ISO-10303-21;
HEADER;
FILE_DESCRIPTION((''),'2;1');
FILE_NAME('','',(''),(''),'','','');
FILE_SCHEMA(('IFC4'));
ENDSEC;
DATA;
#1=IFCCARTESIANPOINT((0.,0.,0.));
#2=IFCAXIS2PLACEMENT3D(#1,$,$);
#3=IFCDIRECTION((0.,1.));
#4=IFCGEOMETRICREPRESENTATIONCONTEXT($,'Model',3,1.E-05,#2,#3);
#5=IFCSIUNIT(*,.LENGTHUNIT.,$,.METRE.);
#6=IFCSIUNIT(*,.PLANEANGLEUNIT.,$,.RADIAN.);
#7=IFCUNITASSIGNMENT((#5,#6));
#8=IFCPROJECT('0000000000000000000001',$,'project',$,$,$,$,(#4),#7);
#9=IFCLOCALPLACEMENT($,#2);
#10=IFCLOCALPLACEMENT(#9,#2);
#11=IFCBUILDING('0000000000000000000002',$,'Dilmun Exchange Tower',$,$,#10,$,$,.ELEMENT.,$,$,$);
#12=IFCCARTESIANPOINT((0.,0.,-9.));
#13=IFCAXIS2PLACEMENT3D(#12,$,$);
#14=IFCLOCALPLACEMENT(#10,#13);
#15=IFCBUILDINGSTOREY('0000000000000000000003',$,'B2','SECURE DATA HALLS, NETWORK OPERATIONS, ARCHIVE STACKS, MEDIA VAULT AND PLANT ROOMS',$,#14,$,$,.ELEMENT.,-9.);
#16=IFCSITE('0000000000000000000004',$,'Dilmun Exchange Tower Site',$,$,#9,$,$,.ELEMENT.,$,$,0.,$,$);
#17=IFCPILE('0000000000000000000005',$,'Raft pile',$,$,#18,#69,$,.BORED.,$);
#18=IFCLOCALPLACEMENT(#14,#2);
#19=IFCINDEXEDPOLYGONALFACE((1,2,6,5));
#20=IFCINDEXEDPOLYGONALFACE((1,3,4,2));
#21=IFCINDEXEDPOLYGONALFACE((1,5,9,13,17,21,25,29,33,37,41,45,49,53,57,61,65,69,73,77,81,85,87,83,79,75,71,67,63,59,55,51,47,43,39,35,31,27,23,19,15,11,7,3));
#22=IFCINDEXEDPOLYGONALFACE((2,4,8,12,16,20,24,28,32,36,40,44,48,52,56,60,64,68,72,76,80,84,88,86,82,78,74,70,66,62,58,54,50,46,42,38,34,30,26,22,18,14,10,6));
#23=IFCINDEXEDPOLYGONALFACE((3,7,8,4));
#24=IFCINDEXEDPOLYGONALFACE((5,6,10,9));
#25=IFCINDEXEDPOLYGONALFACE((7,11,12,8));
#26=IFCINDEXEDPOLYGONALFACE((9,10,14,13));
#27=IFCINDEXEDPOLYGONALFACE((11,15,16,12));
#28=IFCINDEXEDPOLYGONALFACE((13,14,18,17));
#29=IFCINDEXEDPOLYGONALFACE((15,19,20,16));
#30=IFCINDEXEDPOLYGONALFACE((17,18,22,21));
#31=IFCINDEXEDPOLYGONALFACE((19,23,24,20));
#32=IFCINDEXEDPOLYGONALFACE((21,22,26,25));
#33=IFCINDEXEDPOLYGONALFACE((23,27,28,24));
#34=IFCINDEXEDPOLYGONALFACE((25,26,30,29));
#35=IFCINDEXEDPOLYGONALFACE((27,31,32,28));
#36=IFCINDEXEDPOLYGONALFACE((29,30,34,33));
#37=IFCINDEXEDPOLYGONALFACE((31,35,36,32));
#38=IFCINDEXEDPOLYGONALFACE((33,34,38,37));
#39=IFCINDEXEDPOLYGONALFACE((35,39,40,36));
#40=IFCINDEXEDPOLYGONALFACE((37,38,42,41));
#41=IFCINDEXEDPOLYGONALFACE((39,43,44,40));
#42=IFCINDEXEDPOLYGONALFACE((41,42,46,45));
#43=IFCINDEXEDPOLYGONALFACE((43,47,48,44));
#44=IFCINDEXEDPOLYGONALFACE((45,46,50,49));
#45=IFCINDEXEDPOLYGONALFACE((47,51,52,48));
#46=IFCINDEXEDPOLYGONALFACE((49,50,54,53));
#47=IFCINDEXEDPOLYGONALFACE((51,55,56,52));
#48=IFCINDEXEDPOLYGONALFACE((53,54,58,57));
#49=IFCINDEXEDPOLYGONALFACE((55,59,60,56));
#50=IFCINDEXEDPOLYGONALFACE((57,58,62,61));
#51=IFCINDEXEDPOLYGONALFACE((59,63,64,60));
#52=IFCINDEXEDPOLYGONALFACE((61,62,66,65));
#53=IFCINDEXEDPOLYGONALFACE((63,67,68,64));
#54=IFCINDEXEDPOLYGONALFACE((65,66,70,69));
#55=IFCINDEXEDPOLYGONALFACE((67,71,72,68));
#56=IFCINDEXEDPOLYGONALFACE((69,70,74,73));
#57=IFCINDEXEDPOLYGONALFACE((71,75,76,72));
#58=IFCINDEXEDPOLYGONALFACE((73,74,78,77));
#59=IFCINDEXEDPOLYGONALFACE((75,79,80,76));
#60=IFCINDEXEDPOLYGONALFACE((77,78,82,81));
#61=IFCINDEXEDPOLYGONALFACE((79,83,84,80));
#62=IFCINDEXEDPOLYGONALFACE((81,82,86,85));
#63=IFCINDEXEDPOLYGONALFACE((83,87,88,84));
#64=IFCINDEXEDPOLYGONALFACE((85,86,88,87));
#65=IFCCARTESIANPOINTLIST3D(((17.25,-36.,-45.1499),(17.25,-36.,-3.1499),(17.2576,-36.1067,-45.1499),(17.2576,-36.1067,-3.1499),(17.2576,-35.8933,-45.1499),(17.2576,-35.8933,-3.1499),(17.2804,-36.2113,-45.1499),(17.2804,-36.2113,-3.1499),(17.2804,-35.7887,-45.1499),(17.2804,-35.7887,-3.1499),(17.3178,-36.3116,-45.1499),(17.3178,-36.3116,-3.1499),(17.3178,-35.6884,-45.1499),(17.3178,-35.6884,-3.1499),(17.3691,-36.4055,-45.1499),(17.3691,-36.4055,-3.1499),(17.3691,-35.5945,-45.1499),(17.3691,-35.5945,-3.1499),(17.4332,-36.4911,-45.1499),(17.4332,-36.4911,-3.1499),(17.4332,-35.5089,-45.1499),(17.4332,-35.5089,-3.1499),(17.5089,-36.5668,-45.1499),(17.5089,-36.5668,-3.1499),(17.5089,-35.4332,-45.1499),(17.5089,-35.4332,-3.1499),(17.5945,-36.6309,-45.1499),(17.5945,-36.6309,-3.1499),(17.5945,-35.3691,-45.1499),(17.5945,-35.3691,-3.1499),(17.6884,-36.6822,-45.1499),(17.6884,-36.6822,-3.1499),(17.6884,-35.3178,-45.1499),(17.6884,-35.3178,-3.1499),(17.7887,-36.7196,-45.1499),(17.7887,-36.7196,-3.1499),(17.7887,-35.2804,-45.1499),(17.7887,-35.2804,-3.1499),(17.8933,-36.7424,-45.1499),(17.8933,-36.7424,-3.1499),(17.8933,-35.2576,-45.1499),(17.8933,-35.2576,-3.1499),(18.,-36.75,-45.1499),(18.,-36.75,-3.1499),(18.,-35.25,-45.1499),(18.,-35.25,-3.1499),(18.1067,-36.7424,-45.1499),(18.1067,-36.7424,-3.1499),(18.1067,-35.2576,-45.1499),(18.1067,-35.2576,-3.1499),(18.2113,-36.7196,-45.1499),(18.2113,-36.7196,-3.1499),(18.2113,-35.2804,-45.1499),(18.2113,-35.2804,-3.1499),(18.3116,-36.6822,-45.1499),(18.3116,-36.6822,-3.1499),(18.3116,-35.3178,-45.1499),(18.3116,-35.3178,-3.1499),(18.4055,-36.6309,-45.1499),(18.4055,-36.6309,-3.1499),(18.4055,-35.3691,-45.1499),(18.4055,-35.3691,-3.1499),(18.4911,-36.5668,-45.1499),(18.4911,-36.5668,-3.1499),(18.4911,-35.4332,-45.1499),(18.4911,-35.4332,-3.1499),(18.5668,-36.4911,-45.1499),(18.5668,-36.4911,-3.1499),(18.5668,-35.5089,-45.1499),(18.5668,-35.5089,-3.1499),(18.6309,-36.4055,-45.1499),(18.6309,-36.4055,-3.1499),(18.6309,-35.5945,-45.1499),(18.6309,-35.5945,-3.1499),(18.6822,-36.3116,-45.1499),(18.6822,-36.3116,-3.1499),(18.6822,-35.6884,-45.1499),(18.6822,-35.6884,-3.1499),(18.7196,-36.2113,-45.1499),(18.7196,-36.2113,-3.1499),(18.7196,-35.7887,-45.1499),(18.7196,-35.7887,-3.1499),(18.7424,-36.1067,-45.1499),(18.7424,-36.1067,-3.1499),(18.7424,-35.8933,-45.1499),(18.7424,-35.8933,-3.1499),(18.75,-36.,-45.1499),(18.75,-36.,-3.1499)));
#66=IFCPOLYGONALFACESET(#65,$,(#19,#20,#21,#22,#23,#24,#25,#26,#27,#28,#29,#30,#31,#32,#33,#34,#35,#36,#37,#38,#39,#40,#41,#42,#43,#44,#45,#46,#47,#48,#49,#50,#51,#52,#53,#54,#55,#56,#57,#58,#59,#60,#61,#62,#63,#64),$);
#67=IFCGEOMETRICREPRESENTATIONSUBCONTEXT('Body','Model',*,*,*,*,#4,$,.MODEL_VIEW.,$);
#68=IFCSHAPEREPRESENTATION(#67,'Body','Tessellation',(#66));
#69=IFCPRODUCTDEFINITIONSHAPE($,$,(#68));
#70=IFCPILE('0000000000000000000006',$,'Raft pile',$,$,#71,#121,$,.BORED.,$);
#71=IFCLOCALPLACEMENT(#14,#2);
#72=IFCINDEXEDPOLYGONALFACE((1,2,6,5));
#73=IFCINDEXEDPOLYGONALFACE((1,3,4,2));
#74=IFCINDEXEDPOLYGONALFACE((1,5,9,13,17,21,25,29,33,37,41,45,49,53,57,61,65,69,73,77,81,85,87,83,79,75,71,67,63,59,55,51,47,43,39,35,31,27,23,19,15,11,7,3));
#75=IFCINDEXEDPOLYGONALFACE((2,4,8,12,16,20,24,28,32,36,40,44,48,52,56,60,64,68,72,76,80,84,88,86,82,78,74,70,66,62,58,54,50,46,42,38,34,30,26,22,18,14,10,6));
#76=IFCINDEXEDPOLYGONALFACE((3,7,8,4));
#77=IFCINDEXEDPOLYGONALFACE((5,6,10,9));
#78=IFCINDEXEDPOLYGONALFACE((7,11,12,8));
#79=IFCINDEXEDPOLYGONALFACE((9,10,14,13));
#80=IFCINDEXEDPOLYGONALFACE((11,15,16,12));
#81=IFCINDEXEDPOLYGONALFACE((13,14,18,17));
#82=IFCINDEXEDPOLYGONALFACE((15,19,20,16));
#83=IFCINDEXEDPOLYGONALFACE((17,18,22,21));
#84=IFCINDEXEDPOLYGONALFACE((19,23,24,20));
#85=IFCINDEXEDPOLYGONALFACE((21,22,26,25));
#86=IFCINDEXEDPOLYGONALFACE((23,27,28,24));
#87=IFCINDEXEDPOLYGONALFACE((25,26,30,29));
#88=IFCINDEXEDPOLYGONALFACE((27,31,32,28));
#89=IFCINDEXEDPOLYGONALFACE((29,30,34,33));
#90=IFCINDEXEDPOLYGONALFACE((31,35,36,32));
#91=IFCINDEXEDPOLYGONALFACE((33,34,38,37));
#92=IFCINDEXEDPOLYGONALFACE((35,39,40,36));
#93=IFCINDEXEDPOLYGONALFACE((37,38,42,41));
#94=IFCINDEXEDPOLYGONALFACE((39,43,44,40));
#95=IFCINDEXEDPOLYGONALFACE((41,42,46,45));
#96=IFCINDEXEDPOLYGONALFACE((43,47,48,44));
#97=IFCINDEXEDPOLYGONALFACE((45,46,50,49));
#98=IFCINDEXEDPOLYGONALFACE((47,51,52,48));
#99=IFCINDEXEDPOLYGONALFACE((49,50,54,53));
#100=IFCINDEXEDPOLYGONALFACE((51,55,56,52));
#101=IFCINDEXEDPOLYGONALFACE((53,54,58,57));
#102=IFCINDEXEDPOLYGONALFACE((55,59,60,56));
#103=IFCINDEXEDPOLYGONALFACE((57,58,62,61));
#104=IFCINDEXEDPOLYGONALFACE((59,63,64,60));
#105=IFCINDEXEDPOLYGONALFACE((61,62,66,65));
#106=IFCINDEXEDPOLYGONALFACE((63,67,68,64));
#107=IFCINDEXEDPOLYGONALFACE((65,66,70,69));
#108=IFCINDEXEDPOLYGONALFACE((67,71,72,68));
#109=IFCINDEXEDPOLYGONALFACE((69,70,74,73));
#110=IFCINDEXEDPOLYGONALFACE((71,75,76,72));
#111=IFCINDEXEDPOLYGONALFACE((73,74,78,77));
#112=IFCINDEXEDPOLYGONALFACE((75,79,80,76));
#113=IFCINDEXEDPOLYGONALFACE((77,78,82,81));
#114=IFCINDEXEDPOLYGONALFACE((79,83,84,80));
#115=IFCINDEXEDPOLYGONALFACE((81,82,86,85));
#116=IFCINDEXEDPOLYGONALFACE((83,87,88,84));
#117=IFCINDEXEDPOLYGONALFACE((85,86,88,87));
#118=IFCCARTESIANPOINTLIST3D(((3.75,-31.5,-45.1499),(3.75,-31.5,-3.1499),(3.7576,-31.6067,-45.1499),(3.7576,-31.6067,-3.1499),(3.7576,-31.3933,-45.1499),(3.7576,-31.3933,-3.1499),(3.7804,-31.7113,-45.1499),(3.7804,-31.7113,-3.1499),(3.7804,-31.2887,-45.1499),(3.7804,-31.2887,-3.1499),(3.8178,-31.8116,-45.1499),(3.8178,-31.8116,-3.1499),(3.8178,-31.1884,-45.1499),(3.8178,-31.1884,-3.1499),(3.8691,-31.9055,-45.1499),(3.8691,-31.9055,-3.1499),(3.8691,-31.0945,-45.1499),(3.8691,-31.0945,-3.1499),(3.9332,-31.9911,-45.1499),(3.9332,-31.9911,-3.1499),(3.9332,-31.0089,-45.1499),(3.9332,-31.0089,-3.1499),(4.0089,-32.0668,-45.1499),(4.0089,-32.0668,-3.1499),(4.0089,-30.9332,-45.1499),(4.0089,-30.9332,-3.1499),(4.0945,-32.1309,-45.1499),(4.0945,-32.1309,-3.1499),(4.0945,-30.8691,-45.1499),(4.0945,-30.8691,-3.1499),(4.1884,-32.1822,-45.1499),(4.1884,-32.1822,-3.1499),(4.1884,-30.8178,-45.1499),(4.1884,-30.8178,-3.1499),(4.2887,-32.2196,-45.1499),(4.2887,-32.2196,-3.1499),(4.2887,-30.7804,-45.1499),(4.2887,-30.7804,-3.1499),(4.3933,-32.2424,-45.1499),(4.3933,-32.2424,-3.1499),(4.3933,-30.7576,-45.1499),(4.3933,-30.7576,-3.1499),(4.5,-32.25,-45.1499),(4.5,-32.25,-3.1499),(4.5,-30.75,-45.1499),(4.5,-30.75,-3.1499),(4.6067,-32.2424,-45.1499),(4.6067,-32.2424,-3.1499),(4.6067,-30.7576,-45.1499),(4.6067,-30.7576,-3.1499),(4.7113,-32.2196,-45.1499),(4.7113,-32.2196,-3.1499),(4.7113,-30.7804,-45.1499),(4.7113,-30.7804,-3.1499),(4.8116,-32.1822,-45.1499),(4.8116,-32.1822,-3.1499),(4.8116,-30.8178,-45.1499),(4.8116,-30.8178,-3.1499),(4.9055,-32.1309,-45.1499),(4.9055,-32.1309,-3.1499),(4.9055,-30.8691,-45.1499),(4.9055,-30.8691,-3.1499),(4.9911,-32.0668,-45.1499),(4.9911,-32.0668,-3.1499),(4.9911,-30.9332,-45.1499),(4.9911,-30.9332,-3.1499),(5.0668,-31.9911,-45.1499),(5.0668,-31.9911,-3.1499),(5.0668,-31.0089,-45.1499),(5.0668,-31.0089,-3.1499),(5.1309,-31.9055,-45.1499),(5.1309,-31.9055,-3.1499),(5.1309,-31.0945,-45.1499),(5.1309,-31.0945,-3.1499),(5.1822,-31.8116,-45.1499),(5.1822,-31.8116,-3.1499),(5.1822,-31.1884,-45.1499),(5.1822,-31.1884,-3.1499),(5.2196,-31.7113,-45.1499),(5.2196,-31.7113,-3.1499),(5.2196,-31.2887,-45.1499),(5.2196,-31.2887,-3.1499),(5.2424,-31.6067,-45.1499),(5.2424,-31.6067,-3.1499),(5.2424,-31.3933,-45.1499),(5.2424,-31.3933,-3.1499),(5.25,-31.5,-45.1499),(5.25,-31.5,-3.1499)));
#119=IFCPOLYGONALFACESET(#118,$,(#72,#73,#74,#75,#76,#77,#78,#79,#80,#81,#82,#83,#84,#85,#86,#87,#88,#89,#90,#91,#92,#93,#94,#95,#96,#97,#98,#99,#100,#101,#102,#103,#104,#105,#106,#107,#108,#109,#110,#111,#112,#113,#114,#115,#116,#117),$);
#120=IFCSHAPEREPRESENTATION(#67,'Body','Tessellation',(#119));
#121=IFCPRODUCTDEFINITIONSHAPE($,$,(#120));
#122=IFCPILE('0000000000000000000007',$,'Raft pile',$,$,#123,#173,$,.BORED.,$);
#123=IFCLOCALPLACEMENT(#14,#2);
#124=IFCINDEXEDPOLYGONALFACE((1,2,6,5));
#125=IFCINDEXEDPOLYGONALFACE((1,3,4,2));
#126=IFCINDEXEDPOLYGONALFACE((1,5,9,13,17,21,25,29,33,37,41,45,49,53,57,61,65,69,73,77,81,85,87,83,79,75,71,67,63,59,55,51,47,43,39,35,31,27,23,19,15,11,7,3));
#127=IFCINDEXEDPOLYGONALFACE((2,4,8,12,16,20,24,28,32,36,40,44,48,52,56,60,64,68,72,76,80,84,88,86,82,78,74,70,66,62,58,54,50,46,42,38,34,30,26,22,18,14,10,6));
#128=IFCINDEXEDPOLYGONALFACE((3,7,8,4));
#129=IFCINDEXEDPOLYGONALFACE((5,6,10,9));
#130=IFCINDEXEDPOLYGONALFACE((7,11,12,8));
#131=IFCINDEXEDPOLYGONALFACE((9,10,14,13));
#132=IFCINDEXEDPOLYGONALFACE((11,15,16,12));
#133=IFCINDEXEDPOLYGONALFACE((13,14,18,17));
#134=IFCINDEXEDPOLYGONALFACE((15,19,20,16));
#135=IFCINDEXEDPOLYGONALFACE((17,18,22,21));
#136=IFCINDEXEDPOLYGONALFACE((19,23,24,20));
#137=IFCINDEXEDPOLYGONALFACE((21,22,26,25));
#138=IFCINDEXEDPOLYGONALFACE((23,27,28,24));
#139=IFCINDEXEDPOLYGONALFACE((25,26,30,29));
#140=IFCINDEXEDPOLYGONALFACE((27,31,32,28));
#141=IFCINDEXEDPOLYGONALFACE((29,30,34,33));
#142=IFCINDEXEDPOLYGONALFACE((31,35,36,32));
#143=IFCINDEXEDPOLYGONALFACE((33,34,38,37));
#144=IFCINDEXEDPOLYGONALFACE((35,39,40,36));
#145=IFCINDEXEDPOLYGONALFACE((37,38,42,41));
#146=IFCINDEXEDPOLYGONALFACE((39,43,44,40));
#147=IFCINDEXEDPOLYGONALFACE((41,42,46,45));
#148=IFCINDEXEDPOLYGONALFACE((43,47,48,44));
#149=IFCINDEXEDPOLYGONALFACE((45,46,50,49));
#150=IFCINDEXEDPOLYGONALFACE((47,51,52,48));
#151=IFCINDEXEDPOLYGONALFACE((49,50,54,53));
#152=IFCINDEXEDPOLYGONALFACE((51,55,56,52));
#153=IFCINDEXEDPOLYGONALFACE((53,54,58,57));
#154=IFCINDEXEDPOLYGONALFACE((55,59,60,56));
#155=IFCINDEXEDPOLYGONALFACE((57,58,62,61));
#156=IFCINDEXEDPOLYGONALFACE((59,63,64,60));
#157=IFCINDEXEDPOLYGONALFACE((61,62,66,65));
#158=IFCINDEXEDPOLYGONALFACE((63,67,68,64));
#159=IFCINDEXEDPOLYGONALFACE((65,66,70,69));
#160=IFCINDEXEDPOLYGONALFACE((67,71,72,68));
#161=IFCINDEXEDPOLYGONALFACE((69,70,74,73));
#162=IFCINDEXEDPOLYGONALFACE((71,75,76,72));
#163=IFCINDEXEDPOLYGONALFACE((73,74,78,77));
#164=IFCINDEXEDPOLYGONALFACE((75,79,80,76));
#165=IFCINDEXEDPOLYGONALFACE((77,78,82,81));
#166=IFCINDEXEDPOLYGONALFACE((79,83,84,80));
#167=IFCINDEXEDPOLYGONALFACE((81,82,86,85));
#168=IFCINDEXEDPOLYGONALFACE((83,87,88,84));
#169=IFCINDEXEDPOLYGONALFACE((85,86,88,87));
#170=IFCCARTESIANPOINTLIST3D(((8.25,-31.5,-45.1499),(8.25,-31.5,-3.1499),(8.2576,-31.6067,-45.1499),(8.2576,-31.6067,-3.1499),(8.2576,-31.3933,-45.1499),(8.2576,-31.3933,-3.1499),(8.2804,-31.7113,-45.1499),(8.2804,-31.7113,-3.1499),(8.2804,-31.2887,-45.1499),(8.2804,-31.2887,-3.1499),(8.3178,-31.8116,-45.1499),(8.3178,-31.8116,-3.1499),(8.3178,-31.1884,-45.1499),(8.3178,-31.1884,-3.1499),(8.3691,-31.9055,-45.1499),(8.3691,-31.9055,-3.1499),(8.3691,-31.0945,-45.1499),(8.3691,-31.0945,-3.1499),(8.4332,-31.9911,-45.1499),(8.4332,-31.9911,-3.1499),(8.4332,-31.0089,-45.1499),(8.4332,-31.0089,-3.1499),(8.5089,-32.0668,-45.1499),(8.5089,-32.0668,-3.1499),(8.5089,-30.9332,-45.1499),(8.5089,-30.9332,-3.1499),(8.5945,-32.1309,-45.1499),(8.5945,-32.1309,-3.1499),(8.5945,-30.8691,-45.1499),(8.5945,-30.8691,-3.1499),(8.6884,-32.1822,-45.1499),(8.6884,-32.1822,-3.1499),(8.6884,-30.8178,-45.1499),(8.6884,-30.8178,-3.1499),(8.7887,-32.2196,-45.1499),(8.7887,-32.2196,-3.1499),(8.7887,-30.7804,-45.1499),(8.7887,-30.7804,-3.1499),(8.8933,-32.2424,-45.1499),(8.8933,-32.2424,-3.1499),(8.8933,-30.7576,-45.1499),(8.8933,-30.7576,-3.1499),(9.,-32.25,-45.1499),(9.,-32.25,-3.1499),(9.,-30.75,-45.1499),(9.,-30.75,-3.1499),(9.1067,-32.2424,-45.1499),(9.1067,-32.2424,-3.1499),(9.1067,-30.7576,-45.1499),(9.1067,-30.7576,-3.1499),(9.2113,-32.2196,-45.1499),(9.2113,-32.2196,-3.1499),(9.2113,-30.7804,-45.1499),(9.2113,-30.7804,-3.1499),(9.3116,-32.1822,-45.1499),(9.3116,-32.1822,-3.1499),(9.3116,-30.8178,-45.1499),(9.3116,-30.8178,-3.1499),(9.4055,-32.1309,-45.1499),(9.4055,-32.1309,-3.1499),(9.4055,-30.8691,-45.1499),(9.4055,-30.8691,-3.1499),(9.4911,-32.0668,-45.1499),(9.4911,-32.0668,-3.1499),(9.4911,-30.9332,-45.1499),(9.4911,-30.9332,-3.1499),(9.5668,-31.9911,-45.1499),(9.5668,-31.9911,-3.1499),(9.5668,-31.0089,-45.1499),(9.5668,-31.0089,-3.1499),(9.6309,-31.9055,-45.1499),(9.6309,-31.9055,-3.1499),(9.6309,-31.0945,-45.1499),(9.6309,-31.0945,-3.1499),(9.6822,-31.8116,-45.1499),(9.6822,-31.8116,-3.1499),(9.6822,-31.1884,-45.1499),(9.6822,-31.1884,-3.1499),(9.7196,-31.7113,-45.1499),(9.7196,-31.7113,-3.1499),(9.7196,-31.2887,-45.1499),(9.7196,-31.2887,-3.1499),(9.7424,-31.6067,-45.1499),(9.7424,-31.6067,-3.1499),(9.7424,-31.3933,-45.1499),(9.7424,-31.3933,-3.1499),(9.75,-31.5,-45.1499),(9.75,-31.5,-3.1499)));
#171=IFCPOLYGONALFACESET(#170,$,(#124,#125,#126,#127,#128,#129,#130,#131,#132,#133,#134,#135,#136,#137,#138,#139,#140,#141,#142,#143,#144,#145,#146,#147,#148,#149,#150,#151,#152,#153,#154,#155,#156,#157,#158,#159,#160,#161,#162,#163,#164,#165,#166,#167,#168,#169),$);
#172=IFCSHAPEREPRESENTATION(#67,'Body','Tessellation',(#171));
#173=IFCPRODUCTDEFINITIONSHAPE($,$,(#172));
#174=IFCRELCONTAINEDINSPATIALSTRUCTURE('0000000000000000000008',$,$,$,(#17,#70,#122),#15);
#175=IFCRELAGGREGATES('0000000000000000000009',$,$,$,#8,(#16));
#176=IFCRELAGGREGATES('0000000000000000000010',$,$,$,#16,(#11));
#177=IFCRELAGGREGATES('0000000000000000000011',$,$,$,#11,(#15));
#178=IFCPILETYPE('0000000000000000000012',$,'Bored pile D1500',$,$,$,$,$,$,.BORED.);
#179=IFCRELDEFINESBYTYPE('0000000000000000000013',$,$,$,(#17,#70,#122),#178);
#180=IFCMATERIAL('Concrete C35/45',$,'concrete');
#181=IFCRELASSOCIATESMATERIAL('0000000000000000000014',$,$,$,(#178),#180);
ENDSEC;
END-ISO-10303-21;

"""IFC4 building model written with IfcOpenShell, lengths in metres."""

from ifc_helpers import new_model, si_unit, direction, frame, origin, origin_2d, place, context, subcontext, project, spatial, circle, extrude, material, material_profile, profile_set, type_object, element, save


model = new_model("IFC4")

# Units and contexts
model_context = context("Model", 3, precision=1e-05, world=origin(), true_north=direction((0.0, 1.0)))
body_context = subcontext(model_context, "Body", "Model", "MODEL_VIEW")
ifc_project = project(units=[si_unit("LENGTHUNIT", "METRE"), si_unit("PLANEANGLEUNIT", "RADIAN")], contexts=[model_context])

# Site, building, storey
site_placement = place(None, origin())
site = spatial("IfcSite", under=ifc_project, at=site_placement, Name="Dilmun Exchange Tower Site", CompositionType="ELEMENT", RefElevation=0.0)
building_placement = place(site_placement, origin())
building = spatial("IfcBuilding", under=site, at=building_placement, Name="Dilmun Exchange Tower", CompositionType="ELEMENT")
storey_placement = place(building_placement, frame((0.0, 0.0, -9.0)))
storey = spatial("IfcBuildingStorey", under=building, at=storey_placement, Name="B2", Description="SECURE DATA HALLS, NETWORK OPERATIONS, ARCHIVE STACKS, MEDIA VAULT AND PLANT ROOMS", CompositionType="ELEMENT", Elevation=-9.0)

# Piles
ifc_material_1 = material(Name="Concrete C35/45", Category="concrete")
ifc_material_profile_1 = material_profile(ifc_material_1, circle(Radius=0.75, at=origin_2d()), Name="D1500")
ifc_profile_set_1 = profile_set([ifc_material_profile_1], Name="Concrete C35/45")
pile_type = type_object("IfcPileType", Name="Bored pile D1500", PredefinedType="BORED", material=ifc_profile_set_1)
for number, where, z_axis, x_axis, name in (
    (1, (18.0, -36.0, -3.1499), (0.0, 0.0, -1.0), (1.0, 0.0, 0.0), "Raft pile"),
    (2, (4.5, -31.5, -3.1499), (0.0, 0.0, -1.0), (1.0, 0.0, 0.0), "Raft pile"),
    (3, (9.0, -31.5, -3.1499), (0.0, 0.0, -1.0), (1.0, 0.0, 0.0), "Raft pile"),
):
    element("IfcPile", number, at=place(storey_placement, frame(where, z_axis=z_axis, x_axis=x_axis)), inside=storey, type_object=pile_type, Name=name, PredefinedType="BORED", context=body_context, shape_type="SweptSolid", body=[
        extrude(circle(Radius=0.75, at=origin_2d()), origin(), (0.0, 0.0, 1.0), 42.0),
    ])

save(model, "model.ifc")
